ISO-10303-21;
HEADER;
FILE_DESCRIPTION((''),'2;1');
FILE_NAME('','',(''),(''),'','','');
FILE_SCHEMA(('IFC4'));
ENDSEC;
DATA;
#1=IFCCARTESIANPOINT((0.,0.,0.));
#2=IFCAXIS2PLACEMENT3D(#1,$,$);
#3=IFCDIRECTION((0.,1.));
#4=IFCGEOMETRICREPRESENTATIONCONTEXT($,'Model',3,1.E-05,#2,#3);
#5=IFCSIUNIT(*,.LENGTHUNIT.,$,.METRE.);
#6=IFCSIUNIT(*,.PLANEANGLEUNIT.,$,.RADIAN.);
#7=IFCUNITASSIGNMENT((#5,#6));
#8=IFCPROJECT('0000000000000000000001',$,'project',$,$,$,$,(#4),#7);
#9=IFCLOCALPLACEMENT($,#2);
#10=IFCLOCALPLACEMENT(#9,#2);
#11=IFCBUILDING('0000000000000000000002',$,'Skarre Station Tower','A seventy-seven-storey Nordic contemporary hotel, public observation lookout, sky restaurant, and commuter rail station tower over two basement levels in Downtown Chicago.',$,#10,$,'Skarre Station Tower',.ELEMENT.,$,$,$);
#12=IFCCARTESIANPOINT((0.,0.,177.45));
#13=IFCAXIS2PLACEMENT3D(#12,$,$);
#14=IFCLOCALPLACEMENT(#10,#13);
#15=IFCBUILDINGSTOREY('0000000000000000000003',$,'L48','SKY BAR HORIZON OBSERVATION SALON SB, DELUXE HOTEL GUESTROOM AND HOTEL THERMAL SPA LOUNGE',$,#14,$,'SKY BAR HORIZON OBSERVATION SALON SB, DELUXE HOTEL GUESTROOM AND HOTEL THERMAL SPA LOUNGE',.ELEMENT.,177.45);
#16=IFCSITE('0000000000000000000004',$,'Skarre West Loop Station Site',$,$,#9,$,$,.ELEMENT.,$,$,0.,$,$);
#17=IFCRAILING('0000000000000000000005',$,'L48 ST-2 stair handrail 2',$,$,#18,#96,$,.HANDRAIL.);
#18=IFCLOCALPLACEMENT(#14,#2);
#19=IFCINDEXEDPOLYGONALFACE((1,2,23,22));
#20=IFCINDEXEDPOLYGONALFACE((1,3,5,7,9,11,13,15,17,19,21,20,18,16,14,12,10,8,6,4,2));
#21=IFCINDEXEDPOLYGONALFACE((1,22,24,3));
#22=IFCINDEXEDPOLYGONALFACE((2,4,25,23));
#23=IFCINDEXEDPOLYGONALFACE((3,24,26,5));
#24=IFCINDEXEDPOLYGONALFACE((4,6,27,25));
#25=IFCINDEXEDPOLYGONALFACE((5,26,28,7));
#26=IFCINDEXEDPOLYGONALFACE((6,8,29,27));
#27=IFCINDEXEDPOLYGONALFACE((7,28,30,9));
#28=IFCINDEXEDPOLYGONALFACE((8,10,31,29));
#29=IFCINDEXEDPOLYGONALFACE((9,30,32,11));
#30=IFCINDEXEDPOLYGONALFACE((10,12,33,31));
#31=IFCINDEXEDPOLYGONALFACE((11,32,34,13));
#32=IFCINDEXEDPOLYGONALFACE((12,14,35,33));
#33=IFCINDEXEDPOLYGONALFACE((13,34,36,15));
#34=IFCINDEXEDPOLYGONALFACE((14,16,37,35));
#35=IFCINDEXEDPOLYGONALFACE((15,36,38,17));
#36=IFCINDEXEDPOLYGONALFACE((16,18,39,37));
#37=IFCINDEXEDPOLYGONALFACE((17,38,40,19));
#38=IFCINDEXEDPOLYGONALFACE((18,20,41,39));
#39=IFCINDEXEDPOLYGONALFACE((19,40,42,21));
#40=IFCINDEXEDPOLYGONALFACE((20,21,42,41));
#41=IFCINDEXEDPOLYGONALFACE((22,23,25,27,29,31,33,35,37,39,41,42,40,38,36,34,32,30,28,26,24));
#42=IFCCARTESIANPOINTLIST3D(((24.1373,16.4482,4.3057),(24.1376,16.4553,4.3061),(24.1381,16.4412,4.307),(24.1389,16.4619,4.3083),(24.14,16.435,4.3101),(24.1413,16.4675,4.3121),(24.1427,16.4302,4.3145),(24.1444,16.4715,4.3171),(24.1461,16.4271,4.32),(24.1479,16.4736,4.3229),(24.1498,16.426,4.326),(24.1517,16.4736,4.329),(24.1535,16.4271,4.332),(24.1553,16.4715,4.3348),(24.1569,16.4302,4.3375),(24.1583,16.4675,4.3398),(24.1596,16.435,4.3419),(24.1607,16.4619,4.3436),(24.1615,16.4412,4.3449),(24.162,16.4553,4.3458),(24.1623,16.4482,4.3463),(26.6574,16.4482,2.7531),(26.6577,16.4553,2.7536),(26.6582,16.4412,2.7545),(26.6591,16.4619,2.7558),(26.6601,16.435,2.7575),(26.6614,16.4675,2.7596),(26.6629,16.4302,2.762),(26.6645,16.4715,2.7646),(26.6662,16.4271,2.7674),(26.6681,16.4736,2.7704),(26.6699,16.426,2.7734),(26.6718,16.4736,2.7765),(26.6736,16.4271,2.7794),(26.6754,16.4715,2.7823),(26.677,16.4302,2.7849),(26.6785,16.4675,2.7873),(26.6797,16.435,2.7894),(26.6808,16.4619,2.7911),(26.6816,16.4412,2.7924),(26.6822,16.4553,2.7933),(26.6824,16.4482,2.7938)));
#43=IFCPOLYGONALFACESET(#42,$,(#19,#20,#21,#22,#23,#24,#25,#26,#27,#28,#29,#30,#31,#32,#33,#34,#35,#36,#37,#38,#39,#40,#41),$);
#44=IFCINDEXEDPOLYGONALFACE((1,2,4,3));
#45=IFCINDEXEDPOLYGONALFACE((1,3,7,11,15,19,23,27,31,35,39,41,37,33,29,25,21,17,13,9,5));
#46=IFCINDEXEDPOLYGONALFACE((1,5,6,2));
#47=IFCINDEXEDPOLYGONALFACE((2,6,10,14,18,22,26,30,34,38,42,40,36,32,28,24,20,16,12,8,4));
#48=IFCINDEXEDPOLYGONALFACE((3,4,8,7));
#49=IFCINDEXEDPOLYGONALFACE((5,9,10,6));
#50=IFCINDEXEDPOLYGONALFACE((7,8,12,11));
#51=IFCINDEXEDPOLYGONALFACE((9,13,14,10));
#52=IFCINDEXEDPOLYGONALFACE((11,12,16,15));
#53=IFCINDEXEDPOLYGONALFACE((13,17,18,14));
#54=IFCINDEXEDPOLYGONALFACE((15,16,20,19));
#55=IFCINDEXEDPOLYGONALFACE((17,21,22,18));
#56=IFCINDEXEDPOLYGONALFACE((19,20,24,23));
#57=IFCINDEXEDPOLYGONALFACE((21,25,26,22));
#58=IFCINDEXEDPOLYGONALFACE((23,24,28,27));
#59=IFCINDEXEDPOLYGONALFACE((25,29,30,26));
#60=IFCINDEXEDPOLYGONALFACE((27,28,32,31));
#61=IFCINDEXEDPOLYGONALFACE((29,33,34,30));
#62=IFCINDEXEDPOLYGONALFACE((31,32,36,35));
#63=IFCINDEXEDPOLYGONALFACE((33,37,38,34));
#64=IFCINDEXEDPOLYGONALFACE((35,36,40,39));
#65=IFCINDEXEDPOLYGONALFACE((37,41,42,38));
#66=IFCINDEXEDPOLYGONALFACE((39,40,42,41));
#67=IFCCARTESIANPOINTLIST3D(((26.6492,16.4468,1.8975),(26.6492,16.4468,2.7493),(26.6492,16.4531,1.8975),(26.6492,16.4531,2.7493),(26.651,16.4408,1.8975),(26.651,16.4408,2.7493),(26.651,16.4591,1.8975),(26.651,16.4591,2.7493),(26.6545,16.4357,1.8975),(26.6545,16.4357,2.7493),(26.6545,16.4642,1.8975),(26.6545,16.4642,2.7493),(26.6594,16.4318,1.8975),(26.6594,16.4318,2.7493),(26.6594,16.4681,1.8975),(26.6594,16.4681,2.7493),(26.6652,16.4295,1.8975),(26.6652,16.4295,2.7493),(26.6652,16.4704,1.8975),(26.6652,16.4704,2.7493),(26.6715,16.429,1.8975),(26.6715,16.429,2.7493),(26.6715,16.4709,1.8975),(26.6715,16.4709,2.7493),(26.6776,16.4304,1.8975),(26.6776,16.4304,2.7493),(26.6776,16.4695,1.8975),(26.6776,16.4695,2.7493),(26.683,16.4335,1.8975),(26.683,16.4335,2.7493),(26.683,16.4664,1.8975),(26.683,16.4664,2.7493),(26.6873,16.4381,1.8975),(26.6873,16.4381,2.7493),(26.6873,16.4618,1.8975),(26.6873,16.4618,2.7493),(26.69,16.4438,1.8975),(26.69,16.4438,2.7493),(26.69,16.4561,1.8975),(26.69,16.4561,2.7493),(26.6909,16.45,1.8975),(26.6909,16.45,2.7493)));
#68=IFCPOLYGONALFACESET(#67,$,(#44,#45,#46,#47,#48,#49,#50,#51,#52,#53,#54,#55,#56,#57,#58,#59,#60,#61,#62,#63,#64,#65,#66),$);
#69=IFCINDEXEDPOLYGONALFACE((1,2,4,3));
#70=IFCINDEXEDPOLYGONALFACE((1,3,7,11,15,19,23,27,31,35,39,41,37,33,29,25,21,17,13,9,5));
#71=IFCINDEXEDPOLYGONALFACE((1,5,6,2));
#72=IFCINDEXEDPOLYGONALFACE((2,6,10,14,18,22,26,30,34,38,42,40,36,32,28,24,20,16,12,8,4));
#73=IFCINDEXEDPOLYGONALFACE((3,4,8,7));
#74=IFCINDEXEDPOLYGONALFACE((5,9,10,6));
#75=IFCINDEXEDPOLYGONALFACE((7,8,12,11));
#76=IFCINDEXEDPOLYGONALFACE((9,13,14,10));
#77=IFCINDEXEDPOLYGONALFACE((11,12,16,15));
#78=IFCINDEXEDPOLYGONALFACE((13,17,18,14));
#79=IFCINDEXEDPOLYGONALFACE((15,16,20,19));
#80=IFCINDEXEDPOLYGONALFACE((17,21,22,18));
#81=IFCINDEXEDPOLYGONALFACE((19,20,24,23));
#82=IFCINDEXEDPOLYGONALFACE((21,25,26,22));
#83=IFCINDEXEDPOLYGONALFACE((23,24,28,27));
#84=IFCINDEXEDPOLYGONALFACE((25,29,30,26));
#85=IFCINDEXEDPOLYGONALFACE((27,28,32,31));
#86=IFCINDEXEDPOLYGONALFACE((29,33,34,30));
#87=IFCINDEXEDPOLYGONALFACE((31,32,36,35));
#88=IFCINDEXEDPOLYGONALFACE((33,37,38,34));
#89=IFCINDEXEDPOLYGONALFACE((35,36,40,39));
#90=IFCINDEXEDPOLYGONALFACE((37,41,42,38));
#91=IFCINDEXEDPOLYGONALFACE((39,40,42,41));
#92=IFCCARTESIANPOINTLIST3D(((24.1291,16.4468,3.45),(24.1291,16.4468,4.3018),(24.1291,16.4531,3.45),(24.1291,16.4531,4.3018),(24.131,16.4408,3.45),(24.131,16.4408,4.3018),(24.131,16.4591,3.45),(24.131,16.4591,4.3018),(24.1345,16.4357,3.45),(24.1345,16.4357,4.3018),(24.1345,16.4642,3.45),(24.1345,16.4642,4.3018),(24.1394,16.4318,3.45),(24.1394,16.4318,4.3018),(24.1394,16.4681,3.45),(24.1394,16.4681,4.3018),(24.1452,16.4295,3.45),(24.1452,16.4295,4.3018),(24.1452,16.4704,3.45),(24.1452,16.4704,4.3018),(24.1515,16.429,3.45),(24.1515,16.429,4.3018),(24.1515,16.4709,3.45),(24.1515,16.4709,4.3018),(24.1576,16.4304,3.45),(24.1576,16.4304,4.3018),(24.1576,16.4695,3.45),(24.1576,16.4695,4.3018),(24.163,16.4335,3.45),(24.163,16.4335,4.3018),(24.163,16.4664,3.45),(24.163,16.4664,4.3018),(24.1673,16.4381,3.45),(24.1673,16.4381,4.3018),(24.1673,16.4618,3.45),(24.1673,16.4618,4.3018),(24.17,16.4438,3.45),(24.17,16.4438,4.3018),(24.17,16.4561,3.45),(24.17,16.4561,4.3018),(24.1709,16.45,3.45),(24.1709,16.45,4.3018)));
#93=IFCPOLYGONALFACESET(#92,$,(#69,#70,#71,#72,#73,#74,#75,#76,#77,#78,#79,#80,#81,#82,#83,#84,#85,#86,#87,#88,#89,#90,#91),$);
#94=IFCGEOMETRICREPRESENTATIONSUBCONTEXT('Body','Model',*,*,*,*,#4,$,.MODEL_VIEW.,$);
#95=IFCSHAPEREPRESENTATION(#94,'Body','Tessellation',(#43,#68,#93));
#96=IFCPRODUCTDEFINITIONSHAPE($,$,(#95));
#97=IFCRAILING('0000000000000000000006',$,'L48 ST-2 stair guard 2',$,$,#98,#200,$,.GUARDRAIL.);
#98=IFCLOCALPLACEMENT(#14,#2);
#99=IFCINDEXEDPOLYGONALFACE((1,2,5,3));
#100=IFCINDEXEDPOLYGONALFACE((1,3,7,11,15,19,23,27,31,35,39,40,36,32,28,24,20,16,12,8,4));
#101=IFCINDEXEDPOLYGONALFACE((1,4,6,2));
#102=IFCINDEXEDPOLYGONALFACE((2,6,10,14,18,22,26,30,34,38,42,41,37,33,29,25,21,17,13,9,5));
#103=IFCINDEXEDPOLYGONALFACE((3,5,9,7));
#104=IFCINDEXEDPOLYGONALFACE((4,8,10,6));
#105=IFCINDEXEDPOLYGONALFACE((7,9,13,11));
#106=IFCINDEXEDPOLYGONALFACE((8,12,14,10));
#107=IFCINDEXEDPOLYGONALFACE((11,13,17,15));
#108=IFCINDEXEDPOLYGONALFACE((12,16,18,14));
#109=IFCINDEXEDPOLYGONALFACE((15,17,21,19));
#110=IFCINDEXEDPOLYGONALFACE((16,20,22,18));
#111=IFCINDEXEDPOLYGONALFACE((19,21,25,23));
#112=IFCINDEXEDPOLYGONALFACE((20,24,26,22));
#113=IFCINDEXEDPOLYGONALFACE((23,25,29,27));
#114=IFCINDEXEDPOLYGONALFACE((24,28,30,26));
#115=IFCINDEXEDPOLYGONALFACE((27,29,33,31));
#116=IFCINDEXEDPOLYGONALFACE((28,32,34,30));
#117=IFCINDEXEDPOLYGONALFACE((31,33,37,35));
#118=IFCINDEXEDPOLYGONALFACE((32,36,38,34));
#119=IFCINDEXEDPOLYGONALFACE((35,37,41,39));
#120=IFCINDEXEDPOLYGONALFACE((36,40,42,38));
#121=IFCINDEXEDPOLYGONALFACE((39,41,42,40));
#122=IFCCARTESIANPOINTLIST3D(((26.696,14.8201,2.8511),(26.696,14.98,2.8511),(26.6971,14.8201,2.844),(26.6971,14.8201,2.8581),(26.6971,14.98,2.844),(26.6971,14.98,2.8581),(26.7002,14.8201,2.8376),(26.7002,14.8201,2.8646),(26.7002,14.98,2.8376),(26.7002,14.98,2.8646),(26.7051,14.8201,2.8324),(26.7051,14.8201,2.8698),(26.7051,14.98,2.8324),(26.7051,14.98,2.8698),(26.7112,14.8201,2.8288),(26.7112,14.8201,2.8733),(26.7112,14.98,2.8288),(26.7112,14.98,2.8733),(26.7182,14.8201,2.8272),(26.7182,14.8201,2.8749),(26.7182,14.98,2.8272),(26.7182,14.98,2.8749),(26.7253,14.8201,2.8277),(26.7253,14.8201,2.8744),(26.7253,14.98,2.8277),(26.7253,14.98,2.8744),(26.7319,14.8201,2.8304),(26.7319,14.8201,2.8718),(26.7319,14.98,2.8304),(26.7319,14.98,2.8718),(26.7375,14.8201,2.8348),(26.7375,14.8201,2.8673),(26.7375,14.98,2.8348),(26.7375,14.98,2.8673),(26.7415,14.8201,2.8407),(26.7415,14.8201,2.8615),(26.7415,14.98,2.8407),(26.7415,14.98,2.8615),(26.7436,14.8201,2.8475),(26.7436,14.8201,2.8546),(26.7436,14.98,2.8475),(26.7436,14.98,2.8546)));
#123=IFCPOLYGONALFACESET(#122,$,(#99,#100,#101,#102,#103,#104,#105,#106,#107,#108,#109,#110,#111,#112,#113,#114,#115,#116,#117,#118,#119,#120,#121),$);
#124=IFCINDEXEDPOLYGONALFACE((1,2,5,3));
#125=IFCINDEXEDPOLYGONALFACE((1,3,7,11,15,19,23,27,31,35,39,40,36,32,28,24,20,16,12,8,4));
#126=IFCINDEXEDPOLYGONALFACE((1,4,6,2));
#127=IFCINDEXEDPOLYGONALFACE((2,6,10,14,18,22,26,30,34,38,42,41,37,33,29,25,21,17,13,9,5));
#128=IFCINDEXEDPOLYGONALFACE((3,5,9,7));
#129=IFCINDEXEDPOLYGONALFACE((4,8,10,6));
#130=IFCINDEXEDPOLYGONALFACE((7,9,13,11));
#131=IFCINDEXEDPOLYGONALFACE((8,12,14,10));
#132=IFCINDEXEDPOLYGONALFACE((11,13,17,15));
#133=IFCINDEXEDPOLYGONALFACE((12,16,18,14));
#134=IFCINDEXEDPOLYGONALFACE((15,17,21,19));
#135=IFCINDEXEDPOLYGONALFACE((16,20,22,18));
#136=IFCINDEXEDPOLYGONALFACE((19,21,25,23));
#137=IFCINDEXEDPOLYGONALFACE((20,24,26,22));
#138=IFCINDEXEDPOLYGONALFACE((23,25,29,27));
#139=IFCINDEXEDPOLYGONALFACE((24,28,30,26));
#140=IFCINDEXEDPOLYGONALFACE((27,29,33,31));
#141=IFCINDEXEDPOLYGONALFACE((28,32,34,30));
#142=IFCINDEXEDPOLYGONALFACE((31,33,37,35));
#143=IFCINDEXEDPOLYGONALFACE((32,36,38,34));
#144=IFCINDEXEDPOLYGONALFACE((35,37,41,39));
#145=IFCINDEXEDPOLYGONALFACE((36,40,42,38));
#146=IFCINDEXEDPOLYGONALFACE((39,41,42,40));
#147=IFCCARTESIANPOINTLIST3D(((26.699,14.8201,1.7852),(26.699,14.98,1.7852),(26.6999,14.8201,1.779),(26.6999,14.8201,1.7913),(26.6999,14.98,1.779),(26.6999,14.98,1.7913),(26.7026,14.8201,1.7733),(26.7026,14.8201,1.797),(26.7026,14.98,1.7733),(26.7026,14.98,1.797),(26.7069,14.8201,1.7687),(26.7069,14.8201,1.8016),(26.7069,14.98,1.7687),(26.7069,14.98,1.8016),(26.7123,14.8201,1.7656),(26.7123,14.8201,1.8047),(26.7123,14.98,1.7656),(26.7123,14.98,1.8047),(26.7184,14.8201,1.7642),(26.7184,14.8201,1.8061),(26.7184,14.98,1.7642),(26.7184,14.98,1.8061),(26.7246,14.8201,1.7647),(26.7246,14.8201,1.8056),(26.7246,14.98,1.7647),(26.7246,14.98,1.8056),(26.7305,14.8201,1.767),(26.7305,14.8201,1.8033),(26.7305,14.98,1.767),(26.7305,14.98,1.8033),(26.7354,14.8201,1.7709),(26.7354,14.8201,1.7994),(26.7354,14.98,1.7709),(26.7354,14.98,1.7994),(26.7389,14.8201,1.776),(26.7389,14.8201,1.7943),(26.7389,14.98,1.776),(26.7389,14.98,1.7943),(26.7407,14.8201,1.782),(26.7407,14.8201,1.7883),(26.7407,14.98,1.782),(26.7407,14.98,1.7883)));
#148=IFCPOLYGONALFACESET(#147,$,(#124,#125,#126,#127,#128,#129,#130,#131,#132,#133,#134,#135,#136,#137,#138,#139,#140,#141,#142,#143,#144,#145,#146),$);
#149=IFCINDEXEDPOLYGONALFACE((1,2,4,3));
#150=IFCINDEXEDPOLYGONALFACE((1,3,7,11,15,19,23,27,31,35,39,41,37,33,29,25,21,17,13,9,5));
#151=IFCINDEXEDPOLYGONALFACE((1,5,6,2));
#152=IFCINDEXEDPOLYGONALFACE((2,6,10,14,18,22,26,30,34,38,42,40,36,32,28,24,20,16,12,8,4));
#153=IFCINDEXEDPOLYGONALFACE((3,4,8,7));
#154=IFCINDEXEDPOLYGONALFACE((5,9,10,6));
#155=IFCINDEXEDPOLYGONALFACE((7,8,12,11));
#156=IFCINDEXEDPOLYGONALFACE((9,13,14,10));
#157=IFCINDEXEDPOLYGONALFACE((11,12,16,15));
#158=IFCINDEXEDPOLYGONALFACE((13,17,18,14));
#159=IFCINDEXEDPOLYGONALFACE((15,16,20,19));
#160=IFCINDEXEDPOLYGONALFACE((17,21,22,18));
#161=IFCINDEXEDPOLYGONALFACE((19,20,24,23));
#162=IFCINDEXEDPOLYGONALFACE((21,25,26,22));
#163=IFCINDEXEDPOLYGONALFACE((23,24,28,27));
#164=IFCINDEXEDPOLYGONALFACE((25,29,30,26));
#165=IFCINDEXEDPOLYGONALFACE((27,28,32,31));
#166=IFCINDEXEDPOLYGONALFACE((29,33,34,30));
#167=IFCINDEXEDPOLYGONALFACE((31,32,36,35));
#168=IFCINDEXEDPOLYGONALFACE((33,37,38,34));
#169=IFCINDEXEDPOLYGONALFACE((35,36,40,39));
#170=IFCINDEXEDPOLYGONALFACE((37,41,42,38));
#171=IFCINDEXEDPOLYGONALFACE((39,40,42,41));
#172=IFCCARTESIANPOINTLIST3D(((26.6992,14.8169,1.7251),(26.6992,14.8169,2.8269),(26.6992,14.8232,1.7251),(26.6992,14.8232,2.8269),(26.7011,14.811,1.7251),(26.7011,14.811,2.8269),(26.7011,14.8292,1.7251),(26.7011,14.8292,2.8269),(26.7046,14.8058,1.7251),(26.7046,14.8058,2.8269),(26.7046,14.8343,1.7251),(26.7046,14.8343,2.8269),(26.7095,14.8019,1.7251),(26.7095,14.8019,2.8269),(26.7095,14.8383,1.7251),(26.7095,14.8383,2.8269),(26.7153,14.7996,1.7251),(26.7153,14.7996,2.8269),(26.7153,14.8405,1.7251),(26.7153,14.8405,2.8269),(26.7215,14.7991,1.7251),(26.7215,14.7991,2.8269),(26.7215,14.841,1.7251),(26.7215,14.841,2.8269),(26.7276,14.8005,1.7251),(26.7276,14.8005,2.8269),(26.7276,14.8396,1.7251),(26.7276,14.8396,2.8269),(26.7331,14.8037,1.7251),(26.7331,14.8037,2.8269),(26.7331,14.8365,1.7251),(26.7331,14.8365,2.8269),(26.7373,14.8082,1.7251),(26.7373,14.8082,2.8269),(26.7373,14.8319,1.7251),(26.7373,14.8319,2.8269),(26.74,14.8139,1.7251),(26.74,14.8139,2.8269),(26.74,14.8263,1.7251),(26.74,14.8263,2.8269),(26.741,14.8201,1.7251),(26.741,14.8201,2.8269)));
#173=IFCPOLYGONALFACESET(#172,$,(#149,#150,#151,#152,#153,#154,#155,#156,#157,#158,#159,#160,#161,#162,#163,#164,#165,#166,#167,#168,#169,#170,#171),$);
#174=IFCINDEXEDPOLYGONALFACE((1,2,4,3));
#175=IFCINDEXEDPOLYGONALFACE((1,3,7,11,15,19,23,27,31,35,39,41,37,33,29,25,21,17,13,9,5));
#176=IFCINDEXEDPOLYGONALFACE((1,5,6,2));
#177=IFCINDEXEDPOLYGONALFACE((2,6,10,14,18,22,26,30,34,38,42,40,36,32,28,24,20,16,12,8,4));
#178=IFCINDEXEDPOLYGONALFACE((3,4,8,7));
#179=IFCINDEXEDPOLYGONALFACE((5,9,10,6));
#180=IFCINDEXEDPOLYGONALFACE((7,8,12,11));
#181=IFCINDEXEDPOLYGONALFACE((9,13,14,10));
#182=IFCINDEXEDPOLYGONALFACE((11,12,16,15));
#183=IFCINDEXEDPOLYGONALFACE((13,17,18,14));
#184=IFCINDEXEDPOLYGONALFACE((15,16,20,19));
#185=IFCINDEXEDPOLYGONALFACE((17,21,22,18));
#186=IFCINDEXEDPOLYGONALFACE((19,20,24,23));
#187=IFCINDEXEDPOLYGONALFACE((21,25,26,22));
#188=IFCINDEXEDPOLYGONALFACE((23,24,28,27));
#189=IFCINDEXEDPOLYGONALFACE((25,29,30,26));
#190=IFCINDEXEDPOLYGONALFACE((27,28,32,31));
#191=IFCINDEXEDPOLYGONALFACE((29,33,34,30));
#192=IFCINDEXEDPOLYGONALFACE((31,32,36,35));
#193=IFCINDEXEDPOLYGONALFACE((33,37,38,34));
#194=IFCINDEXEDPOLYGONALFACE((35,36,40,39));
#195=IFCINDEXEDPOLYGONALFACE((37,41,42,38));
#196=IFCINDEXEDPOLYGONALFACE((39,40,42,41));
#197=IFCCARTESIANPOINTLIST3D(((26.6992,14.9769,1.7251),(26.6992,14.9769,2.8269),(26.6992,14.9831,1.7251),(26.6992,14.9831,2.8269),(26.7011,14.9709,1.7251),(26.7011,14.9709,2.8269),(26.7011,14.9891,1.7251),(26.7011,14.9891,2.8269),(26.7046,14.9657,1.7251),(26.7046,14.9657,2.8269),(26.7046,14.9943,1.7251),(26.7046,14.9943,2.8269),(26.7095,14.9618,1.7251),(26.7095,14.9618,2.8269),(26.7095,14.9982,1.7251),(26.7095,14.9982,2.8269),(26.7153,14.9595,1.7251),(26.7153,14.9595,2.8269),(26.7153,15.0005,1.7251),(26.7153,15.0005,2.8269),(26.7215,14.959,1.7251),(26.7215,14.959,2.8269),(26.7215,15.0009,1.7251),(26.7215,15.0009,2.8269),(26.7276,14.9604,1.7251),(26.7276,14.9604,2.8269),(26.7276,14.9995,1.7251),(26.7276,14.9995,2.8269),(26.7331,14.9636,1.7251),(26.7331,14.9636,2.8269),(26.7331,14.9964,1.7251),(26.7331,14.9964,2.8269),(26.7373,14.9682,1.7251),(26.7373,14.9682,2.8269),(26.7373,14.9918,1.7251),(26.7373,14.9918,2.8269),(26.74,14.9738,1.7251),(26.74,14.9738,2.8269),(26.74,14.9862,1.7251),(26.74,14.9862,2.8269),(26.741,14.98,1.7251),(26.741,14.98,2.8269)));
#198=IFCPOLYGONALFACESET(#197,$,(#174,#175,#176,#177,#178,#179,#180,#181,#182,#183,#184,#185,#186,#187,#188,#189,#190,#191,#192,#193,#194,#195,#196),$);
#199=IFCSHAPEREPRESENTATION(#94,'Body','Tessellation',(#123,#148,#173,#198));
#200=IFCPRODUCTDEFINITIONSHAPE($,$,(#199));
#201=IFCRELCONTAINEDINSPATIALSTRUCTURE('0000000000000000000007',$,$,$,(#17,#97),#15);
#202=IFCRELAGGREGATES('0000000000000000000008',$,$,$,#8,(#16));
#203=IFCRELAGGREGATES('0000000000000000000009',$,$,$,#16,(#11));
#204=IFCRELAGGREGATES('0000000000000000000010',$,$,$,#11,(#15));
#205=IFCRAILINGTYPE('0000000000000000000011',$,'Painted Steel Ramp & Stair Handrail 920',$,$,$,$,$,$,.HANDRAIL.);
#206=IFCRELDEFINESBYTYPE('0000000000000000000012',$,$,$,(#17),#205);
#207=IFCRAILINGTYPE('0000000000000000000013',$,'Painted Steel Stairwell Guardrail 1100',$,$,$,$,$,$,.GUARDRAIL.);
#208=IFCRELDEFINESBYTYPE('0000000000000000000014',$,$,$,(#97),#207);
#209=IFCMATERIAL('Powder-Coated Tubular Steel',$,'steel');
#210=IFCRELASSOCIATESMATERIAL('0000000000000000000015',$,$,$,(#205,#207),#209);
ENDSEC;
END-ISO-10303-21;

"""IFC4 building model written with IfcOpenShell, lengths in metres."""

from ifc_helpers import new_model, si_unit, direction, frame, origin, origin_2d, place, context, subcontext, project, spatial, circle, extrude, material, type_object, element, save


model = new_model("IFC4")

# Units and contexts
model_context = context("Model", 3, precision=1e-05, world=origin(), true_north=direction((0.0, 1.0)))
body_context = subcontext(model_context, "Body", "Model", "MODEL_VIEW")
ifc_project = project(units=[si_unit("LENGTHUNIT", "METRE"), si_unit("PLANEANGLEUNIT", "RADIAN")], contexts=[model_context])

# Site, building, storey
site_placement = place(None, origin())
site = spatial("IfcSite", under=ifc_project, at=site_placement, Name="Skarre West Loop Station Site", CompositionType="ELEMENT", RefElevation=0.0)
building_placement = place(site_placement, origin())
building = spatial("IfcBuilding", under=site, at=building_placement, Name="Skarre Station Tower", Description="A seventy-seven-storey Nordic contemporary hotel, public observation lookout, sky restaurant, and commuter rail station tower over two basement levels in Downtown Chicago.", LongName="Skarre Station Tower", CompositionType="ELEMENT")
storey_placement = place(building_placement, frame((0.0, 0.0, 177.45)))
storey = spatial("IfcBuildingStorey", under=building, at=storey_placement, Name="L48", Description="SKY BAR HORIZON OBSERVATION SALON SB, DELUXE HOTEL GUESTROOM AND HOTEL THERMAL SPA LOUNGE", LongName="SKY BAR HORIZON OBSERVATION SALON SB, DELUXE HOTEL GUESTROOM AND HOTEL THERMAL SPA LOUNGE", CompositionType="ELEMENT", Elevation=177.45)

# Railings
ifc_material_1 = material(Name="Powder-Coated Tubular Steel", Category="steel")
railing_type_1 = type_object("IfcRailingType", Name="Painted Steel Ramp & Stair Handrail 920", PredefinedType="HANDRAIL", material=ifc_material_1)
railing_1_placement = place(storey_placement, frame((26.6699, 16.45, 1.8975)))
element("IfcRailing", 1, at=railing_1_placement, inside=storey, type_object=railing_type_1, Name="L48 ST-2 stair handrail 2", PredefinedType="HANDRAIL", context=body_context, shape_type="SweptSolid", body=[
    extrude(circle(Radius=0.0239, at=origin_2d()), frame((0.0, 0.0, 0.876), z_axis=(-0.8514, 0.0, 0.524516), x_axis=(0.0, -1.0, 0.0)), (0.0, 0.0, 1.0), 2.96),
    extrude(circle(Radius=0.021, at=origin_2d()), origin(), (0.0, 0.0, 1.0), 0.8518),
    extrude(circle(Radius=0.021, at=origin_2d()), frame((-2.52, 0.0, 1.5525)), (0.0, 0.0, 1.0), 0.8518),
])
railing_type_2 = type_object("IfcRailingType", Name="Painted Steel Stairwell Guardrail 1100", PredefinedType="GUARDRAIL", material=ifc_material_1)
railing_2_placement = place(storey_placement, frame((26.72, 14.8201, 1.7251)))
element("IfcRailing", 2, at=railing_2_placement, inside=storey, type_object=railing_type_2, Name="L48 ST-2 stair guard 2", PredefinedType="GUARDRAIL", context=body_context, shape_type="SweptSolid", body=[
    extrude(circle(Radius=0.0239, at=origin_2d()), frame((0.0, 0.0, 1.126), z_axis=(0.0, 1.0, 0.0), x_axis=(-1.0, 0.0, 0.0)), (0.0, 0.0, 1.0), 0.1599),
    extrude(circle(Radius=0.021, at=origin_2d()), frame((0.0, 0.0, 0.0601), z_axis=(0.0, 1.0, 0.0), x_axis=(-1.0, 0.0, 0.0)), (0.0, 0.0, 1.0), 0.1599),
    extrude(circle(Radius=0.021, at=origin_2d()), origin(), (0.0, 0.0, 1.0), 1.1018),
    extrude(circle(Radius=0.021, at=origin_2d()), frame((0.0, 0.1599, 0.0)), (0.0, 0.0, 1.0), 1.1018),
])

save(model, "model.ifc")
